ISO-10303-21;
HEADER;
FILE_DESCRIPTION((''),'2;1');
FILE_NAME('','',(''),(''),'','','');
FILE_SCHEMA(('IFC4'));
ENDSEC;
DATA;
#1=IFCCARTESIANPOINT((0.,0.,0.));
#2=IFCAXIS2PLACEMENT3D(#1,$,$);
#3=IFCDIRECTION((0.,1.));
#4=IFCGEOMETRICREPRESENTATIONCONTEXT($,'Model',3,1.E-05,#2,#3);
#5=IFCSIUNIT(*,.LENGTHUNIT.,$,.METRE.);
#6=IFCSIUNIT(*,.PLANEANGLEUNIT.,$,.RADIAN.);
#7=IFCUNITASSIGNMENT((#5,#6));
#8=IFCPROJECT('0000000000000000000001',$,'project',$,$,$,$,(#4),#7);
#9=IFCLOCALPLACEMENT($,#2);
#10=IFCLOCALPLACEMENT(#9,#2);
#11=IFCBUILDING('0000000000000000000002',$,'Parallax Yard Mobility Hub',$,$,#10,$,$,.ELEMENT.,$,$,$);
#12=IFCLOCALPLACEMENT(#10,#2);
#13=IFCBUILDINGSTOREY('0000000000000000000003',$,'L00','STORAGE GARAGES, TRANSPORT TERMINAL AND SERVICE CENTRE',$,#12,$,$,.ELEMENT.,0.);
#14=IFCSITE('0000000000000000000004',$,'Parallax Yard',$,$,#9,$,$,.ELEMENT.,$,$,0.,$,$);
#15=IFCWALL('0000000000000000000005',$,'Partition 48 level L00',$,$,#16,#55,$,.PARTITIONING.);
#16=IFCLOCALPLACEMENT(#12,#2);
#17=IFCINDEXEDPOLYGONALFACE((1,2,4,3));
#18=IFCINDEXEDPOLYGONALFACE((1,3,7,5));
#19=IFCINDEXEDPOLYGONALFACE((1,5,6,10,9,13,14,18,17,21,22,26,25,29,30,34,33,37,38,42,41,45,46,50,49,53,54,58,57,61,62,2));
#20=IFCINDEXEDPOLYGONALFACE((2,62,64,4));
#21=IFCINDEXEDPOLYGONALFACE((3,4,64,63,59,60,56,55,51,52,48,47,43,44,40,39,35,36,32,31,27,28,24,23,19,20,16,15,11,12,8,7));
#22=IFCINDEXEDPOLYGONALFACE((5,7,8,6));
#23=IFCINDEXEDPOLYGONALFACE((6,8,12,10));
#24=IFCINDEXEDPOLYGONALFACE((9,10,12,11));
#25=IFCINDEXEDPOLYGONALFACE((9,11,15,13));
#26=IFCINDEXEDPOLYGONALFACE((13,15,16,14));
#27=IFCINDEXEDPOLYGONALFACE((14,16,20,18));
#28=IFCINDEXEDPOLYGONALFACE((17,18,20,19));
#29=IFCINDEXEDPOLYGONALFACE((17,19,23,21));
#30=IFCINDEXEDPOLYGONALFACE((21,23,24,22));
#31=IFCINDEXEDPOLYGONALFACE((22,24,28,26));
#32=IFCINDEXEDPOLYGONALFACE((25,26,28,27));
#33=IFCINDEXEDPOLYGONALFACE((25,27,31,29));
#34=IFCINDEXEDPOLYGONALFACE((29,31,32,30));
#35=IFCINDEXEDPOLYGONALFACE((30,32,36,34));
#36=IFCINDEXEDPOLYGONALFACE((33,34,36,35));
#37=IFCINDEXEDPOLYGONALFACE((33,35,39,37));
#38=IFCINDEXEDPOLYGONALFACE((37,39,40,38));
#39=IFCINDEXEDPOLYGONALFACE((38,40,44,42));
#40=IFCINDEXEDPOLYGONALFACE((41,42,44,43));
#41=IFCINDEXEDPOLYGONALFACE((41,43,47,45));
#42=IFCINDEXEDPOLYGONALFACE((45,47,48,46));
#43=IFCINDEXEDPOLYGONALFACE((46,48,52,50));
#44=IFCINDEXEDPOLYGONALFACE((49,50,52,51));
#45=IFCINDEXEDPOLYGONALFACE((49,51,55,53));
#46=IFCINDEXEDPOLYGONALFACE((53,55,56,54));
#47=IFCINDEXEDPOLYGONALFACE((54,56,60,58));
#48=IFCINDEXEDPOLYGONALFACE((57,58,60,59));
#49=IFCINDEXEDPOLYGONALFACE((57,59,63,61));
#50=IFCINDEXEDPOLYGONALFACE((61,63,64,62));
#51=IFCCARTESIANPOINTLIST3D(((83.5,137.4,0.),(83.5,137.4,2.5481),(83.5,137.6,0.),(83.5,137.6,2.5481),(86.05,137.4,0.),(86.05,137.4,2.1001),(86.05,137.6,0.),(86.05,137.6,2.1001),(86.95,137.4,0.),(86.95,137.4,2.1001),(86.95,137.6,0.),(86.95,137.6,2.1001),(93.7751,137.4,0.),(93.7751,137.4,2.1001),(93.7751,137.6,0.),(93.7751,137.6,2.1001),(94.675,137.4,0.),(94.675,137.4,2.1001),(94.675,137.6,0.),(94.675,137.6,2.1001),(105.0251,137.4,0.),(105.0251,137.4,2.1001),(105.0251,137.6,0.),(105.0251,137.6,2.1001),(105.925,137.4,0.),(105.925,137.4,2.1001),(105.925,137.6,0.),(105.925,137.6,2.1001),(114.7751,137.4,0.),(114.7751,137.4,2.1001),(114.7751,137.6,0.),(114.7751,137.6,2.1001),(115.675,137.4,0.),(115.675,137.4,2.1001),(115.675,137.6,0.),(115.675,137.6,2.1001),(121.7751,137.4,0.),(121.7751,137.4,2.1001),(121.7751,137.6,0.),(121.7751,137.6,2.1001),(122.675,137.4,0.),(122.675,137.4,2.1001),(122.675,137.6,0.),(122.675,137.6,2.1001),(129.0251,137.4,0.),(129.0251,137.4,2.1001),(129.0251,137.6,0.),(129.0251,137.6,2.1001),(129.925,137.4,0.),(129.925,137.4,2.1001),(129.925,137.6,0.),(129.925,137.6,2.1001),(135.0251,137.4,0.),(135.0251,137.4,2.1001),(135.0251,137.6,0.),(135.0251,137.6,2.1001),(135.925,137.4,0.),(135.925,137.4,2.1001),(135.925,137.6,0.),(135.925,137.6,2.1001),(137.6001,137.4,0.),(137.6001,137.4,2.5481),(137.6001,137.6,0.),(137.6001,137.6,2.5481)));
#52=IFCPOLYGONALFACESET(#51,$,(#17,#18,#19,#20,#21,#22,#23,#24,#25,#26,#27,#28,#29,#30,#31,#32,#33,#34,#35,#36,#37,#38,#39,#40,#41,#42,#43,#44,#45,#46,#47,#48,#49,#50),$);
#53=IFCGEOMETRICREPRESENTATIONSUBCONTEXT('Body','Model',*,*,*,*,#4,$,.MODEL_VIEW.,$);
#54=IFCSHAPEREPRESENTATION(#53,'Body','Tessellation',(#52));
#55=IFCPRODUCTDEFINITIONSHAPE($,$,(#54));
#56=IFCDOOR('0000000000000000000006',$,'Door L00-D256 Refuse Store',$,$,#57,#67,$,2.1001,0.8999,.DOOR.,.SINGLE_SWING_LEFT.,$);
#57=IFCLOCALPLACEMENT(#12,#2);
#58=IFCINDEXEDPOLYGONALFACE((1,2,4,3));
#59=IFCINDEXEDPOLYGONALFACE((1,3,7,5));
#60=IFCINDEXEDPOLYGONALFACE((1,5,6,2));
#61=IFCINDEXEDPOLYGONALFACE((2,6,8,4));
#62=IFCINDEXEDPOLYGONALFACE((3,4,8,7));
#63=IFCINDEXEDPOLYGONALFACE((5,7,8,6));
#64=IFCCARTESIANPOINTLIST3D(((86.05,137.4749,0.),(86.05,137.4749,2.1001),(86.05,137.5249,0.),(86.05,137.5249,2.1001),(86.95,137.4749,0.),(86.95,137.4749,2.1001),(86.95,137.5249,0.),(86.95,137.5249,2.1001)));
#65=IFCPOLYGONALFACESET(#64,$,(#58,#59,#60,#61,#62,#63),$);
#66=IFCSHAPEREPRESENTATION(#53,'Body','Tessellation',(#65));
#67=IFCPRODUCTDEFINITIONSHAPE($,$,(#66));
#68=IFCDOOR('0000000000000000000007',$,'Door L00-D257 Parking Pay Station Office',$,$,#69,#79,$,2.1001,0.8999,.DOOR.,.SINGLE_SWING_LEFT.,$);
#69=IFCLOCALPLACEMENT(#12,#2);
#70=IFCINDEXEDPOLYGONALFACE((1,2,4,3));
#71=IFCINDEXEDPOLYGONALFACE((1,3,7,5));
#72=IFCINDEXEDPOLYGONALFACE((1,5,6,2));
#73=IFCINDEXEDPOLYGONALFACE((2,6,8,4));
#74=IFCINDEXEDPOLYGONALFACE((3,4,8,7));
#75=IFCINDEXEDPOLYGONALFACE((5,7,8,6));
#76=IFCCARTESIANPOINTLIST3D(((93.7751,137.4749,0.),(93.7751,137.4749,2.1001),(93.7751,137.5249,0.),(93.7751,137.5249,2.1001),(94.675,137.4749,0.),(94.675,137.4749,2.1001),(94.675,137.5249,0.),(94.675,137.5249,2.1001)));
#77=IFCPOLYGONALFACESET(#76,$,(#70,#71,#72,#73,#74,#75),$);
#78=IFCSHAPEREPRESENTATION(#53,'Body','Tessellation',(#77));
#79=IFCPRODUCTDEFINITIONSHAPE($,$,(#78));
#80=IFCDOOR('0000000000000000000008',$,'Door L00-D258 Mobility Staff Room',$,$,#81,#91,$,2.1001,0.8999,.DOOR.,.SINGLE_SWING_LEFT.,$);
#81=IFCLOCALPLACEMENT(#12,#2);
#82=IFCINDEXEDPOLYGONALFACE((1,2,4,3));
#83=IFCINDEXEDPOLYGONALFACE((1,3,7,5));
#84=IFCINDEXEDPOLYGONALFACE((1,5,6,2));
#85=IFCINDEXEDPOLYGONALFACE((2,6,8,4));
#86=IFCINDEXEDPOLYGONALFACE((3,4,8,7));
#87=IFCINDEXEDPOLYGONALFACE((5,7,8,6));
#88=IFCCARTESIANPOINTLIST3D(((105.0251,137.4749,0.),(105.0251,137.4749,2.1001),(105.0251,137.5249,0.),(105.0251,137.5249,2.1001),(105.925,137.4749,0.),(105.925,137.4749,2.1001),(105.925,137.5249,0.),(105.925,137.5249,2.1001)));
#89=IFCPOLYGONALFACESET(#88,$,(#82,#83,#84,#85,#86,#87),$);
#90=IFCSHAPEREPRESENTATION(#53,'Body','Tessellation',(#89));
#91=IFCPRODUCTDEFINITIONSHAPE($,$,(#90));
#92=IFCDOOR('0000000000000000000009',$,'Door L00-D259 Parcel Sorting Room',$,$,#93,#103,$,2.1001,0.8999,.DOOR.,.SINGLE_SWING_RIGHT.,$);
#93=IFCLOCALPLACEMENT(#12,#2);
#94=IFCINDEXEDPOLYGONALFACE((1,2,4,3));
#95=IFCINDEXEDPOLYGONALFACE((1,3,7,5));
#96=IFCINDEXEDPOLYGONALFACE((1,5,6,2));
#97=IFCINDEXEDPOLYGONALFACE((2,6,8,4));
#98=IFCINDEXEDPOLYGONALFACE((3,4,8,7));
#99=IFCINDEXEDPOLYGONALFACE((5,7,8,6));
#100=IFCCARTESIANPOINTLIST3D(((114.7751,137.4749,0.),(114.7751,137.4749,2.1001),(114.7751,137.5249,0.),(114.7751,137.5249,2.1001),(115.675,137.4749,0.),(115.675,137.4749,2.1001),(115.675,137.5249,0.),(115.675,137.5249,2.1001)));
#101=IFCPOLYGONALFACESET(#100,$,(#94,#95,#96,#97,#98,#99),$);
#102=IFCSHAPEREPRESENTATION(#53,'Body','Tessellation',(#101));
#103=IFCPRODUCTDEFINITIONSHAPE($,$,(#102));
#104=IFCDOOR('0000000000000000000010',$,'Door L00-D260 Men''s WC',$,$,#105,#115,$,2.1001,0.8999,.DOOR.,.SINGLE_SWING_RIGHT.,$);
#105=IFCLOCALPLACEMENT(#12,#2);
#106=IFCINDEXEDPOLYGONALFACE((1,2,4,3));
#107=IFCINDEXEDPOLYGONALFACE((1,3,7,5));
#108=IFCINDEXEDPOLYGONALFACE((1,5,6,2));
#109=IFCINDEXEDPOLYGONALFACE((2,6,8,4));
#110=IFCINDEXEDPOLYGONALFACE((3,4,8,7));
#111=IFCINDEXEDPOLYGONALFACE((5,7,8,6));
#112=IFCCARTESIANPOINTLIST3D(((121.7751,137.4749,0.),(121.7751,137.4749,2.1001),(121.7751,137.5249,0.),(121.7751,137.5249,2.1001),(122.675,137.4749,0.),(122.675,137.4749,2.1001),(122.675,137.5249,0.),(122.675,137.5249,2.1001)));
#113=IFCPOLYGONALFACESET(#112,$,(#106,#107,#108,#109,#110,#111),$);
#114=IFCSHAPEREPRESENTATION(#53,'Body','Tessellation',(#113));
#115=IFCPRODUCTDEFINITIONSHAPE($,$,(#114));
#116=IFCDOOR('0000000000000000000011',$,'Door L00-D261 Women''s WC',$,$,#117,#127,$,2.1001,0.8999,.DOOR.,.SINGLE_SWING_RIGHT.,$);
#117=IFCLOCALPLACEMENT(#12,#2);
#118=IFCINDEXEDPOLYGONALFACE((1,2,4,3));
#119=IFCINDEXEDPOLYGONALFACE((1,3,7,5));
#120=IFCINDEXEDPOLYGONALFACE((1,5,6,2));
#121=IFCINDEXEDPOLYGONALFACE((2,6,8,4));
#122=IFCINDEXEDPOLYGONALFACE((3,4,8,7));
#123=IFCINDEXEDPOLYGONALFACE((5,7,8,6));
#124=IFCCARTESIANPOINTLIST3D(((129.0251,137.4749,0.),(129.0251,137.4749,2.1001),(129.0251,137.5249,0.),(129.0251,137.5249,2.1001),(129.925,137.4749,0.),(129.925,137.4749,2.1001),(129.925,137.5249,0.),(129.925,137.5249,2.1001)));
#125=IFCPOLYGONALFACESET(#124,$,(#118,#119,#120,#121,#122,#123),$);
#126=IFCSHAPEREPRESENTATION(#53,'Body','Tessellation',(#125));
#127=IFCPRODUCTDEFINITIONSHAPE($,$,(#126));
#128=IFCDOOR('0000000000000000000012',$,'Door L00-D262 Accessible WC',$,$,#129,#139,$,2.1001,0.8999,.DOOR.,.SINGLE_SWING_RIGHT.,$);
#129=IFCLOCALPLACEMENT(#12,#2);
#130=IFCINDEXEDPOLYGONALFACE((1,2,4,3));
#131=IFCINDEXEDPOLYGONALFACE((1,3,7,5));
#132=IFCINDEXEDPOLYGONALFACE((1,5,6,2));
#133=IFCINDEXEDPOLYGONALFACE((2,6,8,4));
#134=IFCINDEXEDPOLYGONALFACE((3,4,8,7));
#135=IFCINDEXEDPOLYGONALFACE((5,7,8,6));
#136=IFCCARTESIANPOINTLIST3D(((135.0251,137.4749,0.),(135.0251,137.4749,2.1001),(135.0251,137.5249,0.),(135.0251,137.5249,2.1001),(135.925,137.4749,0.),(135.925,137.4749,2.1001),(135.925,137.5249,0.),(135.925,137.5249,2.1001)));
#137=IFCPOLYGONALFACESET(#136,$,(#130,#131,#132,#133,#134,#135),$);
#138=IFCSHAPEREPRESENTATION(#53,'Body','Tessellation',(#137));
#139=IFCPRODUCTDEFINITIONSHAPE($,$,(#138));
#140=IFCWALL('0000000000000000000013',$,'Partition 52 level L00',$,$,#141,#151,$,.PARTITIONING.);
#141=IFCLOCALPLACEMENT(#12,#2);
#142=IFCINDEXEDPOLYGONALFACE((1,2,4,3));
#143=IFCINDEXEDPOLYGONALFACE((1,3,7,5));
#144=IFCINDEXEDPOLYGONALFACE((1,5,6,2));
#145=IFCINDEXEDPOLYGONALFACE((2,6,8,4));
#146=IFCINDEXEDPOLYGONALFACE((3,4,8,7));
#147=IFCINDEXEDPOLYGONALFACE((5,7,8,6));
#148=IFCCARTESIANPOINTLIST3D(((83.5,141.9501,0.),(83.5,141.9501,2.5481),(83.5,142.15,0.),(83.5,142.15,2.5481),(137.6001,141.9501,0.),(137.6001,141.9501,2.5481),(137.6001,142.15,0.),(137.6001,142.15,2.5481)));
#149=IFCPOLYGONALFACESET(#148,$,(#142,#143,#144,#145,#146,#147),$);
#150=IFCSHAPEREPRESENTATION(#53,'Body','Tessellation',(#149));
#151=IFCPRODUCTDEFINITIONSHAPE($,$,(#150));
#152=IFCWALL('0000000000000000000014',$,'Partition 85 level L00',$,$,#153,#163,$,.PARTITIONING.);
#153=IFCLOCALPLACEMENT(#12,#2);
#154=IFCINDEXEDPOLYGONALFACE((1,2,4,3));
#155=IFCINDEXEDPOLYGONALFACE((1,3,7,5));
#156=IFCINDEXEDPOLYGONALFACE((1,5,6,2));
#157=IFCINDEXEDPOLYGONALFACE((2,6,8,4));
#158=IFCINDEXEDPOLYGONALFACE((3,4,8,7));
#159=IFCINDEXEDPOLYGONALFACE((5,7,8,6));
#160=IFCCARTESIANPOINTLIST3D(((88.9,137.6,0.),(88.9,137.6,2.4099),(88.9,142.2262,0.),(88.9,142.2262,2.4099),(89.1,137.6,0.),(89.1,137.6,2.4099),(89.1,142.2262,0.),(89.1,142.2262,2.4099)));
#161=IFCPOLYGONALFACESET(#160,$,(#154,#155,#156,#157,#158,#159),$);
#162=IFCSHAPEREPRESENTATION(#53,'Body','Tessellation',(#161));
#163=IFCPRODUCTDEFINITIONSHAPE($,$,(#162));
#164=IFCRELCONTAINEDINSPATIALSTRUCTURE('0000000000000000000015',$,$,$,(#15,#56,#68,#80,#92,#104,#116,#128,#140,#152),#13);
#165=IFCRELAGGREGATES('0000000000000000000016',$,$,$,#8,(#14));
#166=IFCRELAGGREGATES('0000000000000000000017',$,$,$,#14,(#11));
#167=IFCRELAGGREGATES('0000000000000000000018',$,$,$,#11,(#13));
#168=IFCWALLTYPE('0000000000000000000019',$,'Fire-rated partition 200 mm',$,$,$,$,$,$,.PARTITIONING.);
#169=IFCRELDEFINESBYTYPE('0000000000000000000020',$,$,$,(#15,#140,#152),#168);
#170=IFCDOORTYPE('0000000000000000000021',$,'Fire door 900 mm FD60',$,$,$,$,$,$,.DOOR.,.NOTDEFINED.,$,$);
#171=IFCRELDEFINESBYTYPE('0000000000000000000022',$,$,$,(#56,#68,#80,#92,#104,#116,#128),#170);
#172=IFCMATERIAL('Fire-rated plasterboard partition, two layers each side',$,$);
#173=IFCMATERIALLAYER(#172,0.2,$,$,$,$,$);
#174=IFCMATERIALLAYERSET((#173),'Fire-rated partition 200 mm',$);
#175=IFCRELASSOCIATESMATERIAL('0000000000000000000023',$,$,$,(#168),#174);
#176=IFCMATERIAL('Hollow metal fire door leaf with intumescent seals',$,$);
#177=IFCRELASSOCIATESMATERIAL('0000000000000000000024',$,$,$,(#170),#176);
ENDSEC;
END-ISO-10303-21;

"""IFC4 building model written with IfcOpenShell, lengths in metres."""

from ifc_helpers import new_model, si_unit, direction, frame, frame_2d, origin, place, context, subcontext, project, spatial, rectangle, extrude, material, layer, layer_set, type_object, element, fill, save


model = new_model("IFC4")

# Units and contexts
model_context = context("Model", 3, precision=1e-05, world=origin(), true_north=direction((0.0, 1.0)))
body_context = subcontext(model_context, "Body", "Model", "MODEL_VIEW")
ifc_project = project(units=[si_unit("LENGTHUNIT", "METRE"), si_unit("PLANEANGLEUNIT", "RADIAN")], contexts=[model_context])

# Site, building, storey
site_placement = place(None, origin())
site = spatial("IfcSite", under=ifc_project, at=site_placement, Name="Parallax Yard", CompositionType="ELEMENT", RefElevation=0.0)
building_placement = place(site_placement, origin())
building = spatial("IfcBuilding", under=site, at=building_placement, Name="Parallax Yard Mobility Hub", CompositionType="ELEMENT")
storey_placement = place(building_placement, origin())
storey = spatial("IfcBuildingStorey", under=building, at=storey_placement, Name="L00", Description="STORAGE GARAGES, TRANSPORT TERMINAL AND SERVICE CENTRE", CompositionType="ELEMENT", Elevation=0.0)

# Wall, openings, doors
ifc_material_1 = material(Name="Fire-rated plasterboard partition, two layers each side")
ifc_layer_1 = layer(ifc_material_1, 0.2)
ifc_layer_set_1 = layer_set([ifc_layer_1], Name="Fire-rated partition 200 mm")
wall_type_1 = type_object("IfcWallType", Name="Fire-rated partition 200 mm", PredefinedType="PARTITIONING", material=ifc_layer_set_1)
wall_1_placement = place(storey_placement, frame((83.5, 137.5, 0.0), z_axis=(0.0, 0.0, 1.0), x_axis=(1.0, 0.0, 0.0)))
wall_1 = element("IfcWall", 1, at=wall_1_placement, inside=storey, type_object=wall_type_1, Name="Partition 48 level L00", PredefinedType="PARTITIONING", context=body_context, shape_type="SweptSolid", body=[
    extrude(rectangle(XDim=54.1001, YDim=0.2, at=frame_2d((27.05, 0.0))), origin(), (0.0, 0.0, 1.0), 2.5481),
])
opening_1_placement = place(wall_1_placement, frame((2.55, 0.0, 0.0)))
opening_1 = element("IfcOpeningElement", 2, at=opening_1_placement, cuts=wall_1, PredefinedType="OPENING", context=body_context, shape_type="SweptSolid", body=[
    extrude(rectangle(XDim=0.8999, YDim=2.1001, at=frame_2d((0.45, 1.05))), frame((0.0, 0.1099, 0.0), z_axis=(0.0, -1.0, 0.0), x_axis=(1.0, 0.0, 0.0)), (0.0, 0.0, 1.0), 0.22),
])
opening_2_placement = place(wall_1_placement, frame((10.2751, 0.0, 0.0)))
opening_2 = element("IfcOpeningElement", 3, at=opening_2_placement, cuts=wall_1, PredefinedType="OPENING", context=body_context, shape_type="SweptSolid", body=[
    extrude(rectangle(XDim=0.8999, YDim=2.1001, at=frame_2d((0.45, 1.05))), frame((0.0, 0.1099, 0.0), z_axis=(0.0, -1.0, 0.0), x_axis=(1.0, 0.0, 0.0)), (0.0, 0.0, 1.0), 0.22),
])
opening_3_placement = place(wall_1_placement, frame((21.5251, 0.0, 0.0)))
opening_3 = element("IfcOpeningElement", 4, at=opening_3_placement, cuts=wall_1, PredefinedType="OPENING", context=body_context, shape_type="SweptSolid", body=[
    extrude(rectangle(XDim=0.8999, YDim=2.1001, at=frame_2d((0.45, 1.05))), frame((0.0, 0.1099, 0.0), z_axis=(0.0, -1.0, 0.0), x_axis=(1.0, 0.0, 0.0)), (0.0, 0.0, 1.0), 0.22),
])
opening_4_placement = place(wall_1_placement, frame((31.2751, 0.0, 0.0)))
opening_4 = element("IfcOpeningElement", 5, at=opening_4_placement, cuts=wall_1, PredefinedType="OPENING", context=body_context, shape_type="SweptSolid", body=[
    extrude(rectangle(XDim=0.8999, YDim=2.1001, at=frame_2d((0.45, 1.05))), frame((0.0, 0.1099, 0.0), z_axis=(0.0, -1.0, 0.0), x_axis=(1.0, 0.0, 0.0)), (0.0, 0.0, 1.0), 0.22),
])
opening_5_placement = place(wall_1_placement, frame((38.2751, 0.0, 0.0)))
opening_5 = element("IfcOpeningElement", 6, at=opening_5_placement, cuts=wall_1, PredefinedType="OPENING", context=body_context, shape_type="SweptSolid", body=[
    extrude(rectangle(XDim=0.8999, YDim=2.1001, at=frame_2d((0.45, 1.05))), frame((0.0, 0.1099, 0.0), z_axis=(0.0, -1.0, 0.0), x_axis=(1.0, 0.0, 0.0)), (0.0, 0.0, 1.0), 0.22),
])
opening_6_placement = place(wall_1_placement, frame((45.5251, 0.0, 0.0)))
opening_6 = element("IfcOpeningElement", 7, at=opening_6_placement, cuts=wall_1, PredefinedType="OPENING", context=body_context, shape_type="SweptSolid", body=[
    extrude(rectangle(XDim=0.8999, YDim=2.1001, at=frame_2d((0.45, 1.05))), frame((0.0, 0.1099, 0.0), z_axis=(0.0, -1.0, 0.0), x_axis=(1.0, 0.0, 0.0)), (0.0, 0.0, 1.0), 0.22),
])
opening_7_placement = place(wall_1_placement, frame((51.5251, 0.0, 0.0)))
opening_7 = element("IfcOpeningElement", 8, at=opening_7_placement, cuts=wall_1, PredefinedType="OPENING", context=body_context, shape_type="SweptSolid", body=[
    extrude(rectangle(XDim=0.8999, YDim=2.1001, at=frame_2d((0.45, 1.05))), frame((0.0, 0.1099, 0.0), z_axis=(0.0, -1.0, 0.0), x_axis=(1.0, 0.0, 0.0)), (0.0, 0.0, 1.0), 0.22),
])
ifc_material_2 = material(Name="Hollow metal fire door leaf with intumescent seals")
door_type = type_object("IfcDoorType", Name="Fire door 900 mm FD60", OperationType="NOTDEFINED", PredefinedType="DOOR", material=ifc_material_2)
door_1_placement = place(opening_1_placement, origin())
door_1 = element("IfcDoor", 9, at=door_1_placement, inside=storey, type_object=door_type, Name="Door L00-D256 Refuse Store", OperationType="SINGLE_SWING_LEFT", OverallHeight=2.1001, OverallWidth=0.8999, PredefinedType="DOOR", context=body_context, shape_type="SweptSolid", body=[
    extrude(rectangle(XDim=0.8999, YDim=2.1001, at=frame_2d((0.45, 1.05))), frame((0.0, 0.0249, 0.0), z_axis=(0.0, -1.0, 0.0), x_axis=(1.0, 0.0, 0.0)), (0.0, 0.0, 1.0), 0.05),
])
fill(opening_1, door_1)
door_2_placement = place(opening_2_placement, origin())
door_2 = element("IfcDoor", 10, at=door_2_placement, inside=storey, type_object=door_type, Name="Door L00-D257 Parking Pay Station Office", OperationType="SINGLE_SWING_LEFT", OverallHeight=2.1001, OverallWidth=0.8999, PredefinedType="DOOR", context=body_context, shape_type="SweptSolid", body=[
    extrude(rectangle(XDim=0.8999, YDim=2.1001, at=frame_2d((0.45, 1.05))), frame((0.0, 0.0249, 0.0), z_axis=(0.0, -1.0, 0.0), x_axis=(1.0, 0.0, 0.0)), (0.0, 0.0, 1.0), 0.05),
])
fill(opening_2, door_2)
door_3_placement = place(opening_3_placement, origin())
door_3 = element("IfcDoor", 11, at=door_3_placement, inside=storey, type_object=door_type, Name="Door L00-D258 Mobility Staff Room", OperationType="SINGLE_SWING_LEFT", OverallHeight=2.1001, OverallWidth=0.8999, PredefinedType="DOOR", context=body_context, shape_type="SweptSolid", body=[
    extrude(rectangle(XDim=0.8999, YDim=2.1001, at=frame_2d((0.45, 1.05))), frame((0.0, 0.0249, 0.0), z_axis=(0.0, -1.0, 0.0), x_axis=(1.0, 0.0, 0.0)), (0.0, 0.0, 1.0), 0.05),
])
fill(opening_3, door_3)
door_4_placement = place(opening_4_placement, origin())
door_4 = element("IfcDoor", 12, at=door_4_placement, inside=storey, type_object=door_type, Name="Door L00-D259 Parcel Sorting Room", OperationType="SINGLE_SWING_RIGHT", OverallHeight=2.1001, OverallWidth=0.8999, PredefinedType="DOOR", context=body_context, shape_type="SweptSolid", body=[
    extrude(rectangle(XDim=0.8999, YDim=2.1001, at=frame_2d((0.45, 1.05))), frame((0.0, 0.0249, 0.0), z_axis=(0.0, -1.0, 0.0), x_axis=(1.0, 0.0, 0.0)), (0.0, 0.0, 1.0), 0.05),
])
fill(opening_4, door_4)
door_5_placement = place(opening_5_placement, origin())
door_5 = element("IfcDoor", 13, at=door_5_placement, inside=storey, type_object=door_type, Name="Door L00-D260 Men's WC", OperationType="SINGLE_SWING_RIGHT", OverallHeight=2.1001, OverallWidth=0.8999, PredefinedType="DOOR", context=body_context, shape_type="SweptSolid", body=[
    extrude(rectangle(XDim=0.8999, YDim=2.1001, at=frame_2d((0.45, 1.05))), frame((0.0, 0.0249, 0.0), z_axis=(0.0, -1.0, 0.0), x_axis=(1.0, 0.0, 0.0)), (0.0, 0.0, 1.0), 0.05),
])
fill(opening_5, door_5)
door_6_placement = place(opening_6_placement, origin())
door_6 = element("IfcDoor", 14, at=door_6_placement, inside=storey, type_object=door_type, Name="Door L00-D261 Women's WC", OperationType="SINGLE_SWING_RIGHT", OverallHeight=2.1001, OverallWidth=0.8999, PredefinedType="DOOR", context=body_context, shape_type="SweptSolid", body=[
    extrude(rectangle(XDim=0.8999, YDim=2.1001, at=frame_2d((0.45, 1.05))), frame((0.0, 0.0249, 0.0), z_axis=(0.0, -1.0, 0.0), x_axis=(1.0, 0.0, 0.0)), (0.0, 0.0, 1.0), 0.05),
])
fill(opening_6, door_6)
door_7_placement = place(opening_7_placement, origin())
door_7 = element("IfcDoor", 15, at=door_7_placement, inside=storey, type_object=door_type, Name="Door L00-D262 Accessible WC", OperationType="SINGLE_SWING_RIGHT", OverallHeight=2.1001, OverallWidth=0.8999, PredefinedType="DOOR", context=body_context, shape_type="SweptSolid", body=[
    extrude(rectangle(XDim=0.8999, YDim=2.1001, at=frame_2d((0.45, 1.05))), frame((0.0, 0.0249, 0.0), z_axis=(0.0, -1.0, 0.0), x_axis=(1.0, 0.0, 0.0)), (0.0, 0.0, 1.0), 0.05),
])
fill(opening_7, door_7)

# Walls
wall_2_placement = place(storey_placement, frame((83.5, 142.05, 0.0), z_axis=(0.0, 0.0, 1.0), x_axis=(1.0, 0.0, 0.0)))
element("IfcWall", 16, at=wall_2_placement, inside=storey, type_object=wall_type_1, Name="Partition 52 level L00", PredefinedType="PARTITIONING", context=body_context, shape_type="SweptSolid", body=[
    extrude(rectangle(XDim=54.1001, YDim=0.2, at=frame_2d((27.05, 0.0))), origin(), (0.0, 0.0, 1.0), 2.5481),
])
wall_3_placement = place(storey_placement, frame((89.0, 137.6001, 0.0), z_axis=(0.0, 0.0, 1.0), x_axis=(0.0, 1.0, 0.0)))
element("IfcWall", 17, at=wall_3_placement, inside=storey, type_object=wall_type_1, Name="Partition 85 level L00", PredefinedType="PARTITIONING", context=body_context, shape_type="SweptSolid", body=[
    extrude(rectangle(XDim=4.6262, YDim=0.2, at=frame_2d((2.313, 0.0))), origin(), (0.0, 0.0, 1.0), 2.4099),
])

save(model, "model.ifc")
